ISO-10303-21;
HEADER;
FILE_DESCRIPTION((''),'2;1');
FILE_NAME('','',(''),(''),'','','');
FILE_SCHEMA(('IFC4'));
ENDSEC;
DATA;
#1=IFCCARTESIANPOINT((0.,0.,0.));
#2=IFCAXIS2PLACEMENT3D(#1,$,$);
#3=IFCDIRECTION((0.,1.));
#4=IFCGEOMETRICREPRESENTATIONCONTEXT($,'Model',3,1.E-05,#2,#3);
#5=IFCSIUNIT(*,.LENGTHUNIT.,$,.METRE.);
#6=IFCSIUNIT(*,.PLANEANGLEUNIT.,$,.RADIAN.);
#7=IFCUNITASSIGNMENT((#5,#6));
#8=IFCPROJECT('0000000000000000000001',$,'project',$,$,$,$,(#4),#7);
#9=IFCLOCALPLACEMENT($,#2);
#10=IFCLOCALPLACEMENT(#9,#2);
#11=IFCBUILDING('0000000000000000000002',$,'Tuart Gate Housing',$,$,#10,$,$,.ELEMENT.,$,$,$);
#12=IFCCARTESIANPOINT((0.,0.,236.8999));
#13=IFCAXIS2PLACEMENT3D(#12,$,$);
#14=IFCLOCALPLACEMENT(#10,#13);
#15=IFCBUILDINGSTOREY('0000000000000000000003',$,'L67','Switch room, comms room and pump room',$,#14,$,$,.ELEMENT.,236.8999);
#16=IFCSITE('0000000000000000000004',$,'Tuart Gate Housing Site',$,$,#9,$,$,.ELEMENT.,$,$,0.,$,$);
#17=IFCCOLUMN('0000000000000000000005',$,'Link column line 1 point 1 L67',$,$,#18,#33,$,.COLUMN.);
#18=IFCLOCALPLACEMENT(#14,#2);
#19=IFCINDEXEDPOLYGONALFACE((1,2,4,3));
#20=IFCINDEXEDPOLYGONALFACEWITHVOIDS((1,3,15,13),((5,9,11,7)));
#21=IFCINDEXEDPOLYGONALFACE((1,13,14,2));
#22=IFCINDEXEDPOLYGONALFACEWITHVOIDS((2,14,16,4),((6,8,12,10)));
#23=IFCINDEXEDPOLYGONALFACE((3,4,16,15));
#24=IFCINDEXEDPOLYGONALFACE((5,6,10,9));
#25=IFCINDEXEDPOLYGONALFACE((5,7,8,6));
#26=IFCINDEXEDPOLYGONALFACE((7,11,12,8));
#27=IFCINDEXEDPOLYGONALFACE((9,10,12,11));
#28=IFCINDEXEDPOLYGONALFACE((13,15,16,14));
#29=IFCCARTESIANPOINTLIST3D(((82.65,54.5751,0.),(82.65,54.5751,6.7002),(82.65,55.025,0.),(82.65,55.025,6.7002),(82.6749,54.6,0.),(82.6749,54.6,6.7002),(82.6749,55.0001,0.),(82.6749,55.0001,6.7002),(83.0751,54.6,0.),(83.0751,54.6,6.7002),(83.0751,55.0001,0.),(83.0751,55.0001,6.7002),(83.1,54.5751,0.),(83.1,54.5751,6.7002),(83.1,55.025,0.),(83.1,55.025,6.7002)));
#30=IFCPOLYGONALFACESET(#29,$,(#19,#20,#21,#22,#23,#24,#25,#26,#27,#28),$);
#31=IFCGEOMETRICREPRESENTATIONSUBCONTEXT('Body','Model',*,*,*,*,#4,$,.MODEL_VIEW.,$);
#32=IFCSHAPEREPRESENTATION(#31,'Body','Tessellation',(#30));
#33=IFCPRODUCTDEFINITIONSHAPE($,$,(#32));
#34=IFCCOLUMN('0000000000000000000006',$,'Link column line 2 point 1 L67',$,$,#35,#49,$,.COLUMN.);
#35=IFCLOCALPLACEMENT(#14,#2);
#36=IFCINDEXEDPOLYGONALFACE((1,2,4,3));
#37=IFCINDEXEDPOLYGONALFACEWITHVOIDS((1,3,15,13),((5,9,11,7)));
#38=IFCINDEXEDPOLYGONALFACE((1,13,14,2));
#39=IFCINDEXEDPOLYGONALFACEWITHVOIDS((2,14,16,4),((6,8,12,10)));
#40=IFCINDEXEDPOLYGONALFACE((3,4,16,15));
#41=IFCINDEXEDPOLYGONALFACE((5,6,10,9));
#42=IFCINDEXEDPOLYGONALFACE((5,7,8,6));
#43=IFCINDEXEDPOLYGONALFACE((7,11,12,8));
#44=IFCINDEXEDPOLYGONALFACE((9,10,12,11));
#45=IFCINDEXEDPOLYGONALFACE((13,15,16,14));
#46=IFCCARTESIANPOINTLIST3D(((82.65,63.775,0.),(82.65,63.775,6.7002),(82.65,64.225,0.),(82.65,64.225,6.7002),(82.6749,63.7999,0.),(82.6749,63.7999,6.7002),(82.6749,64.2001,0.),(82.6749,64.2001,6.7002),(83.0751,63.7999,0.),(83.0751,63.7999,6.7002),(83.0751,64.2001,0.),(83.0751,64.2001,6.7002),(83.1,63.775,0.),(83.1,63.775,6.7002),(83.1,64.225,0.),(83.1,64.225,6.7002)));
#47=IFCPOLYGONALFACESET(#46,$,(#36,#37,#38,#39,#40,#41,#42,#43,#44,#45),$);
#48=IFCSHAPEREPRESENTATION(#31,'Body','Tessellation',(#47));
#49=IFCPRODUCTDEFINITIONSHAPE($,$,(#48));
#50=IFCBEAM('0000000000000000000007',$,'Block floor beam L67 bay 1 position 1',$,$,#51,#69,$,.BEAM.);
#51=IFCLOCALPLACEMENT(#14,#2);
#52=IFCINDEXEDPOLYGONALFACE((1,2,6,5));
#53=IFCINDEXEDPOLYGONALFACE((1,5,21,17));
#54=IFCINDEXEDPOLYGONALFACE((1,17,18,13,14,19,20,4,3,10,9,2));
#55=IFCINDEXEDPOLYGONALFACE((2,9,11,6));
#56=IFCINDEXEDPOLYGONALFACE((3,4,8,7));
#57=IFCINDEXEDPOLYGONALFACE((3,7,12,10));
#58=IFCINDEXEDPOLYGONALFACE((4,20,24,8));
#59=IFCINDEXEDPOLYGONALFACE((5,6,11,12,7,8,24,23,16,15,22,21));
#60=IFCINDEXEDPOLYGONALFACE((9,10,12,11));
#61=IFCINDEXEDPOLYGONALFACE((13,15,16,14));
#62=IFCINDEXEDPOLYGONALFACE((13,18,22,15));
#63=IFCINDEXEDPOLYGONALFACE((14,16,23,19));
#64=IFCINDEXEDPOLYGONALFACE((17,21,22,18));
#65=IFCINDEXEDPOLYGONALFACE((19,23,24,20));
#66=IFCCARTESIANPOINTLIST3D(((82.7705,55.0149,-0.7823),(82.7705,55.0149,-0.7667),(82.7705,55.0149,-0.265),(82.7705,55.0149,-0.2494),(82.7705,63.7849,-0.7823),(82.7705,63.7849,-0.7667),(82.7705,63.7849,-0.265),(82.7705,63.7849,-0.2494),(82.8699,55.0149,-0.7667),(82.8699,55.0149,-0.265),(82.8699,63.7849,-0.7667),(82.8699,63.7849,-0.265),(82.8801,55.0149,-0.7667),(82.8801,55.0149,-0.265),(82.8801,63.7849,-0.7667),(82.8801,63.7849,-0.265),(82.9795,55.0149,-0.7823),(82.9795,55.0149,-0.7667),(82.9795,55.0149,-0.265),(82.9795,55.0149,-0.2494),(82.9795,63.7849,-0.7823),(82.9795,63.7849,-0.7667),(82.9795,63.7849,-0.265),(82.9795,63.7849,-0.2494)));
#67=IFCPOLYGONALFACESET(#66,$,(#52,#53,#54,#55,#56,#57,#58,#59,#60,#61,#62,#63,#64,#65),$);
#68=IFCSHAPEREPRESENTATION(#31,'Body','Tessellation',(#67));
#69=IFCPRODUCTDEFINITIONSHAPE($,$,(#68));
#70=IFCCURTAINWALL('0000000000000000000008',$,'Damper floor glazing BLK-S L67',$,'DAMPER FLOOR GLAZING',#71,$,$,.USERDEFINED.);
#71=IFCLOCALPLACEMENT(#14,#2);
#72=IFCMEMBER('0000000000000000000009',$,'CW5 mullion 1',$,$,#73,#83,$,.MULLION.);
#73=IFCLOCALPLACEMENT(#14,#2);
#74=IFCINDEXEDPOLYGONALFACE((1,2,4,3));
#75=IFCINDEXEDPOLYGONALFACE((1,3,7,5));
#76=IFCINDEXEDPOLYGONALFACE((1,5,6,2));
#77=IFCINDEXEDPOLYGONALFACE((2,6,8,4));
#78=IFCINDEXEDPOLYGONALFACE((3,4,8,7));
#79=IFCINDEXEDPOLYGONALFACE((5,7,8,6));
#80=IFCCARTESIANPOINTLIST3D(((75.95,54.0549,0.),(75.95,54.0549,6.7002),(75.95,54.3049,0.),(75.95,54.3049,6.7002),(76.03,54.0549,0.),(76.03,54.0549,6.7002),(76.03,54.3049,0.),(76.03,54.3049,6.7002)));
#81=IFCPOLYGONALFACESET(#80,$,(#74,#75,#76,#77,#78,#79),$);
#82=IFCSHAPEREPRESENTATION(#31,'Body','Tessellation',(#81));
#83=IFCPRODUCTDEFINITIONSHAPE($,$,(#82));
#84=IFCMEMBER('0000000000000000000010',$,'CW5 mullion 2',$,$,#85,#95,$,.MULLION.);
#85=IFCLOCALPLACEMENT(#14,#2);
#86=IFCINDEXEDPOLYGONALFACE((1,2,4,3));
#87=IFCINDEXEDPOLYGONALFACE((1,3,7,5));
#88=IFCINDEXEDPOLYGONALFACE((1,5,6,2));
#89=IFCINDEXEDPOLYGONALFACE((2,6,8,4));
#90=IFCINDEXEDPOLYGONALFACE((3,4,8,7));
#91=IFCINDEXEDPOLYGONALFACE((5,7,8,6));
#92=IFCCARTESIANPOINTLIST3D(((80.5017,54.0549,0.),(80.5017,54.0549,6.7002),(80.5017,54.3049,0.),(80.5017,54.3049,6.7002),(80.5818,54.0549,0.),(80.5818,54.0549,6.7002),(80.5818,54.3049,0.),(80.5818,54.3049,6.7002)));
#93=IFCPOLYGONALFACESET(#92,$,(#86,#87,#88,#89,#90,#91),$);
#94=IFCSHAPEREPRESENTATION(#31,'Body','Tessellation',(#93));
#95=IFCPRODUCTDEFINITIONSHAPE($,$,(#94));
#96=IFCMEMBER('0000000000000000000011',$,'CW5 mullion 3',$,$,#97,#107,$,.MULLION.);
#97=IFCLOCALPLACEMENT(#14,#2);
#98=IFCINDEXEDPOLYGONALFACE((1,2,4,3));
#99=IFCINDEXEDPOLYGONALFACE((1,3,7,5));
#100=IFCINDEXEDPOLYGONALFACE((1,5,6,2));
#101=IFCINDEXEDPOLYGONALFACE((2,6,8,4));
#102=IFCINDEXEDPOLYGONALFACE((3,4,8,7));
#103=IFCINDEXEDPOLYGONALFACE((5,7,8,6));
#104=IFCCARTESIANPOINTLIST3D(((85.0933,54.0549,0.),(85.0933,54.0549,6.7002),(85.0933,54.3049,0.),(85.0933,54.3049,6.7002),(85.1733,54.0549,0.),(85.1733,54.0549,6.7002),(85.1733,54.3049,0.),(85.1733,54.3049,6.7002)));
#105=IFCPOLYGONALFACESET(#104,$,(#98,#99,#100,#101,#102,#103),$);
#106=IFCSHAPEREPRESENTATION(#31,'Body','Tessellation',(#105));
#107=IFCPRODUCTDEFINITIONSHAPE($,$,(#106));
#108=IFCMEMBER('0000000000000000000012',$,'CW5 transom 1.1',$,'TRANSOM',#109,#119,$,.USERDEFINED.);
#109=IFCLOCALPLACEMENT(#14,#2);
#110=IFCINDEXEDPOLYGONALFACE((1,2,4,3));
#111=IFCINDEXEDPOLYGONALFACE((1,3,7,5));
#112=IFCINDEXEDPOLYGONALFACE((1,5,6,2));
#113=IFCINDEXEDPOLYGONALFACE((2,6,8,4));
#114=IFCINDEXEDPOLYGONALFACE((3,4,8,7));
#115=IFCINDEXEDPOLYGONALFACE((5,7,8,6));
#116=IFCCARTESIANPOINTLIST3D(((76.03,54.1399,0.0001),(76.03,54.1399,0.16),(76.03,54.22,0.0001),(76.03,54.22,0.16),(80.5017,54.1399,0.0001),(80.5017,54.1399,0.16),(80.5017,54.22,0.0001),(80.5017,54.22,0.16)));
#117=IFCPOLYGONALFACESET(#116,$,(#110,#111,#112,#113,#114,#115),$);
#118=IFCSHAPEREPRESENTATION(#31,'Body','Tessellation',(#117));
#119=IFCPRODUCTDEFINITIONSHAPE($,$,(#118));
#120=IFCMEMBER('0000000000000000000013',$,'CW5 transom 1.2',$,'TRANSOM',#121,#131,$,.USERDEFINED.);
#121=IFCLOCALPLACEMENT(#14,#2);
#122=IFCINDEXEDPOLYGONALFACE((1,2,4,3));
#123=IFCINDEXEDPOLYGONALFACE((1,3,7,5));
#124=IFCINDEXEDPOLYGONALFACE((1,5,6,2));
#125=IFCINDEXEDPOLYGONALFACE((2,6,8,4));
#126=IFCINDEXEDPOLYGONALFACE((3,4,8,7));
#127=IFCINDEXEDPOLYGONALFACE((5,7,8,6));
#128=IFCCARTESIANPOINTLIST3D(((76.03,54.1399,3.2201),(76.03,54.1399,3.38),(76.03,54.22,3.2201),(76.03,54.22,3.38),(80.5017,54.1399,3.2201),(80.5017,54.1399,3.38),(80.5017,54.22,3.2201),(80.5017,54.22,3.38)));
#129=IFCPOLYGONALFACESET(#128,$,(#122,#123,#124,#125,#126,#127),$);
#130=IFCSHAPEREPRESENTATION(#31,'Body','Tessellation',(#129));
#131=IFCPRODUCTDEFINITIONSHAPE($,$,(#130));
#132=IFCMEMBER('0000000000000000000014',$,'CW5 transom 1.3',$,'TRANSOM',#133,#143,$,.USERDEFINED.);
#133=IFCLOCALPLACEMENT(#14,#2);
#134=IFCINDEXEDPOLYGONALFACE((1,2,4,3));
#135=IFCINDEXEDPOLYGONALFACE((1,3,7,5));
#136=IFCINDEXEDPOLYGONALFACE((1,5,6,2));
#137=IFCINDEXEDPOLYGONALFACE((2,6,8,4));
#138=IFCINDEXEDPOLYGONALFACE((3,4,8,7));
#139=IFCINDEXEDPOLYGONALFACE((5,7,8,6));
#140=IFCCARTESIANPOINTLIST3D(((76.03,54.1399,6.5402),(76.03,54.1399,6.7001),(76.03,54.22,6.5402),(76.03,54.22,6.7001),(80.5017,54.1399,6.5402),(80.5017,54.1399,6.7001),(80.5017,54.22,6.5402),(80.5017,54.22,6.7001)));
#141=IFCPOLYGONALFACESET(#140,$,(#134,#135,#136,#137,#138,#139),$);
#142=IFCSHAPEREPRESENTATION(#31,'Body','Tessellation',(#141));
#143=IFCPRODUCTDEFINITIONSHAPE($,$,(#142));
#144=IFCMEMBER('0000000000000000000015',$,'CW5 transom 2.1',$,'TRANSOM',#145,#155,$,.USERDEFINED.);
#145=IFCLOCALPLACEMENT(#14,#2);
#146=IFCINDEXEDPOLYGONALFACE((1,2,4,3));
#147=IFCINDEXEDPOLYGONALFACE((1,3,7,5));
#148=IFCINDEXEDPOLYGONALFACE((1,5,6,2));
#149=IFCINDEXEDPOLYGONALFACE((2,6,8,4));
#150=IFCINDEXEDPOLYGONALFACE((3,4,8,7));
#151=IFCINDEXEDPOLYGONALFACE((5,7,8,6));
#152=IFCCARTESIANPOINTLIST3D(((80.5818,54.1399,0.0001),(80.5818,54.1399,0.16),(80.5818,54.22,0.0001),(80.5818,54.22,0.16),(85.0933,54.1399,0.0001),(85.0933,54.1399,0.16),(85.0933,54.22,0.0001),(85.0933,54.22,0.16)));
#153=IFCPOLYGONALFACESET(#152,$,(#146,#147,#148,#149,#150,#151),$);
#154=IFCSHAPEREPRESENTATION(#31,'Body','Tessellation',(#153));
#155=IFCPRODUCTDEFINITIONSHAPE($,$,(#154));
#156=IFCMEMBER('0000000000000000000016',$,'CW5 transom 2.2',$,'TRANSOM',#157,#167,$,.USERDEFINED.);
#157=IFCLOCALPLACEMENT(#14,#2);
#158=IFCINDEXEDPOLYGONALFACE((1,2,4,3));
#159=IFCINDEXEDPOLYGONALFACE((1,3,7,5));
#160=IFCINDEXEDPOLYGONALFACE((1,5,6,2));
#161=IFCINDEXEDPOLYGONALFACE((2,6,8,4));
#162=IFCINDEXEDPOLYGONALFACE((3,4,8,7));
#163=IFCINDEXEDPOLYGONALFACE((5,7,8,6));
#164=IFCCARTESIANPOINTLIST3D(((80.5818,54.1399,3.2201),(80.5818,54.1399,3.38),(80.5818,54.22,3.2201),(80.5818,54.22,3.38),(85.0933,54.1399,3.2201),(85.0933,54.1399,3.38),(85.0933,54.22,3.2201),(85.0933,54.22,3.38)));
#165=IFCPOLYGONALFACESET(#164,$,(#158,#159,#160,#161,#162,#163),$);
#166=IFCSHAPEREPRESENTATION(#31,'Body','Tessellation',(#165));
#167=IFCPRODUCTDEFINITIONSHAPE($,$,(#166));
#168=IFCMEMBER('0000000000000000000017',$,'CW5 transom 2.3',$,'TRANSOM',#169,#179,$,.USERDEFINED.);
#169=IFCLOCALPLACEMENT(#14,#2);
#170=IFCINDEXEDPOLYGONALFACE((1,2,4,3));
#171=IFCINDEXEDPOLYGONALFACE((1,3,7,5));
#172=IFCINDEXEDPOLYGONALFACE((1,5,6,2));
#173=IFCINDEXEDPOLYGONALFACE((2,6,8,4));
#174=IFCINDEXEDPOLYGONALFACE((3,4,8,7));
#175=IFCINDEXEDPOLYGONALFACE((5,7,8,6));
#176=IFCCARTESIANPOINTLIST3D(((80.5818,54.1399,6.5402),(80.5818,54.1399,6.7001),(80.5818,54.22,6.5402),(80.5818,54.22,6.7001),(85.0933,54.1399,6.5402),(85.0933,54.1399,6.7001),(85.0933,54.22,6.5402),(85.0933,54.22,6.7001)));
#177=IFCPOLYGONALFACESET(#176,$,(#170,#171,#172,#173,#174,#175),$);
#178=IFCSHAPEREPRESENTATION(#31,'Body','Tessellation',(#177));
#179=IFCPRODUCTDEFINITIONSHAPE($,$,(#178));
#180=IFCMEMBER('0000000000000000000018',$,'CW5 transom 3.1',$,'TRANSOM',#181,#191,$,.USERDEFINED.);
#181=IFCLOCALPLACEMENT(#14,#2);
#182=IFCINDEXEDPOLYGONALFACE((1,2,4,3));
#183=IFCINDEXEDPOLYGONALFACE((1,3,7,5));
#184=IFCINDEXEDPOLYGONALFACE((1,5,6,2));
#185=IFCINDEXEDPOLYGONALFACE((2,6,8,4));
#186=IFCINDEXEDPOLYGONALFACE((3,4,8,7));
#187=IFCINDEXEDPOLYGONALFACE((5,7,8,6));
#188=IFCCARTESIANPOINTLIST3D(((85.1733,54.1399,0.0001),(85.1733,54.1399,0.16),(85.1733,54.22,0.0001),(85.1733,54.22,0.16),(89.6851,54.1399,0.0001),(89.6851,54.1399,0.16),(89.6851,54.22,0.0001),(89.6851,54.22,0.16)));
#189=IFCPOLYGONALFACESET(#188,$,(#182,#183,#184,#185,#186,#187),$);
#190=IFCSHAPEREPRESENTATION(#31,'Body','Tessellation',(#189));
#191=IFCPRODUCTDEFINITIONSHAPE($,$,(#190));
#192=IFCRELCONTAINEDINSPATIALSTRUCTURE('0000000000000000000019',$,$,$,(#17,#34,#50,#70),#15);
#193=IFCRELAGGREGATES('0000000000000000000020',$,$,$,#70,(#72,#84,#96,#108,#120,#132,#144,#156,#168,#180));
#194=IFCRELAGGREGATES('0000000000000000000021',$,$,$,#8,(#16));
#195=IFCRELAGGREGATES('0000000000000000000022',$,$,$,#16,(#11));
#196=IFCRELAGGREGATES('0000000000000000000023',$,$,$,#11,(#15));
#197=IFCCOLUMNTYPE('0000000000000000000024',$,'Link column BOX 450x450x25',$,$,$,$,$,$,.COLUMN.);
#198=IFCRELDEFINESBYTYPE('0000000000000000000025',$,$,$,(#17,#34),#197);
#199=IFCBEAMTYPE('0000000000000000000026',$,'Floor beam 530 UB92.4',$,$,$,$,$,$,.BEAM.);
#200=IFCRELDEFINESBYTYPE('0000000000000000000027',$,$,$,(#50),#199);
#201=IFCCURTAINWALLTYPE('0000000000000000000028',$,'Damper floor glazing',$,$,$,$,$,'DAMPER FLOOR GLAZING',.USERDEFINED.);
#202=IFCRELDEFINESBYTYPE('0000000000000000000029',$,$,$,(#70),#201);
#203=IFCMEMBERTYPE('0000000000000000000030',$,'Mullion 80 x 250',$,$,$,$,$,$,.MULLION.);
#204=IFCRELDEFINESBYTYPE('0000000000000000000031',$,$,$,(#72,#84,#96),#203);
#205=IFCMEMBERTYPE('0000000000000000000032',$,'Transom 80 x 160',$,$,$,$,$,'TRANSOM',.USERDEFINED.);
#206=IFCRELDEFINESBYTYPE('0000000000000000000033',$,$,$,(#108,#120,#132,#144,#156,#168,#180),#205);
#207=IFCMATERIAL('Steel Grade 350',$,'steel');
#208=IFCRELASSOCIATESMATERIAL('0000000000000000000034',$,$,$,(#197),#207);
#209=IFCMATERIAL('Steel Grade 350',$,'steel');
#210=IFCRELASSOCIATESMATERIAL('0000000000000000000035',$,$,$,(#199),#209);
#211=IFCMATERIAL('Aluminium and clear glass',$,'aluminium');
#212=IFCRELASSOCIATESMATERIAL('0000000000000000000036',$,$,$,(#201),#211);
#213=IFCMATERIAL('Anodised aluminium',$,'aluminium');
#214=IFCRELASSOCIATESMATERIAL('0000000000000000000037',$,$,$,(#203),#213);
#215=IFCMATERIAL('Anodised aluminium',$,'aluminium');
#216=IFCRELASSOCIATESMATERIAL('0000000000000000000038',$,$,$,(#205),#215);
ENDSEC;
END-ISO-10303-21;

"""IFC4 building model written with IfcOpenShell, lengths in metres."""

from ifc_helpers import new_model, si_unit, direction, frame, origin, origin_2d, place, context, subcontext, project, spatial, rectangle, hollow_rectangle, i_section, extrude, material, material_profile, profile_set, type_object, element, aggregate, save


model = new_model("IFC4")

# Units and contexts
model_context = context("Model", 3, precision=1e-05, world=origin(), true_north=direction((0.0, 1.0)))
body_context = subcontext(model_context, "Body", "Model", "MODEL_VIEW")
ifc_project = project(units=[si_unit("LENGTHUNIT", "METRE"), si_unit("PLANEANGLEUNIT", "RADIAN")], contexts=[model_context])

# Site, building, storey
site_placement = place(None, origin())
site = spatial("IfcSite", under=ifc_project, at=site_placement, Name="Tuart Gate Housing Site", CompositionType="ELEMENT", RefElevation=0.0)
building_placement = place(site_placement, origin())
building = spatial("IfcBuilding", under=site, at=building_placement, Name="Tuart Gate Housing", CompositionType="ELEMENT")
storey_placement = place(building_placement, frame((0.0, 0.0, 236.8999)))
storey = spatial("IfcBuildingStorey", under=building, at=storey_placement, Name="L67", Description="Switch room, comms room and pump room", CompositionType="ELEMENT", Elevation=236.8999)

# Columns
ifc_material_1 = material(Name="Steel Grade 350", Category="steel")
ifc_material_profile_1 = material_profile(ifc_material_1, hollow_rectangle(XDim=0.45, YDim=0.45, WallThickness=0.0249, at=origin_2d()), Name="BOX 450x450x25")
ifc_profile_set_1 = profile_set([ifc_material_profile_1], Name="Steel Grade 350")
column_type = type_object("IfcColumnType", Name="Link column BOX 450x450x25", PredefinedType="COLUMN", material=ifc_profile_set_1)
for number, where, z_axis, x_axis, name in (
    (1, (82.875, 54.8, 0.0), (0.0, 0.0, 1.0), (1.0, 0.0, 0.0), "Link column line 1 point 1 L67"),
    (2, (82.875, 64.0, 0.0), (0.0, 0.0, 1.0), (1.0, 0.0, 0.0), "Link column line 2 point 1 L67"),
):
    element("IfcColumn", number, at=place(storey_placement, frame(where, z_axis=z_axis, x_axis=x_axis)), inside=storey, type_object=column_type, Name=name, PredefinedType="COLUMN", context=body_context, shape_type="SweptSolid", body=[
        extrude(hollow_rectangle(XDim=0.45, YDim=0.45, WallThickness=0.0249, at=origin_2d()), origin(), (0.0, 0.0, 1.0), 6.7002),
    ])

# Beam
ifc_material_2 = material(Name="Steel Grade 350", Category="steel")
ifc_material_profile_2 = material_profile(ifc_material_2, i_section(OverallWidth=0.209, OverallDepth=0.533, WebThickness=0.0103, FlangeThickness=0.0156, at=origin_2d()), Name="530UB92.4")
ifc_profile_set_2 = profile_set([ifc_material_profile_2], Name="Steel Grade 350")
beam_type = type_object("IfcBeamType", Name="Floor beam 530 UB92.4", PredefinedType="BEAM", material=ifc_profile_set_2)
beam_placement = place(storey_placement, frame((82.875, 55.0149, -0.5159), z_axis=(0.0, 1.0, 0.0), x_axis=(-1.0, 0.0, 0.0)))
element("IfcBeam", 3, at=beam_placement, inside=storey, type_object=beam_type, Name="Block floor beam L67 bay 1 position 1", PredefinedType="BEAM", context=body_context, shape_type="SweptSolid", body=[
    extrude(i_section(OverallWidth=0.209, OverallDepth=0.533, WebThickness=0.0103, FlangeThickness=0.0156, at=origin_2d()), origin(), (0.0, 0.0, 1.0), 8.77),
])

# Curtain wall, members
ifc_material_3 = material(Name="Aluminium and clear glass", Category="aluminium")
curtain_wall_type = type_object("IfcCurtainWallType", Name="Damper floor glazing", ElementType="DAMPER FLOOR GLAZING", PredefinedType="USERDEFINED", material=ifc_material_3)
curtain_wall_placement = place(storey_placement, origin())
curtain_wall = element("IfcCurtainWall", 4, at=curtain_wall_placement, inside=storey, type_object=curtain_wall_type, Name="Damper floor glazing BLK-S L67", ObjectType="DAMPER FLOOR GLAZING", PredefinedType="USERDEFINED")
ifc_material_4 = material(Name="Anodised aluminium", Category="aluminium")
ifc_material_profile_3 = material_profile(ifc_material_4, rectangle(XDim=0.0801, YDim=0.25, at=origin_2d()), Name="80x250")
ifc_profile_set_3 = profile_set([ifc_material_profile_3], Name="Anodised aluminium")
member_type_1 = type_object("IfcMemberType", Name="Mullion 80 x 250", PredefinedType="MULLION", material=ifc_profile_set_3)
member_1_placement = place(storey_placement, frame((75.99, 54.1799, 0.0), z_axis=(0.0, 0.0, 1.0), x_axis=(1.0, 0.0, 0.0)))
member_1 = element("IfcMember", 5, at=member_1_placement, type_object=member_type_1, Name="CW5 mullion 1", PredefinedType="MULLION", context=body_context, shape_type="SweptSolid", body=[
    extrude(rectangle(XDim=0.0801, YDim=0.25, at=origin_2d()), origin(), (0.0, 0.0, 1.0), 6.7002),
])
member_2_placement = place(storey_placement, frame((80.5417, 54.1799, 0.0), z_axis=(0.0, 0.0, 1.0), x_axis=(1.0, 0.0, 0.0)))
member_2 = element("IfcMember", 6, at=member_2_placement, type_object=member_type_1, Name="CW5 mullion 2", PredefinedType="MULLION", context=body_context, shape_type="SweptSolid", body=[
    extrude(rectangle(XDim=0.0801, YDim=0.25, at=origin_2d()), origin(), (0.0, 0.0, 1.0), 6.7002),
])
member_3_placement = place(storey_placement, frame((85.1333, 54.1799, 0.0), z_axis=(0.0, 0.0, 1.0), x_axis=(1.0, 0.0, 0.0)))
member_3 = element("IfcMember", 7, at=member_3_placement, type_object=member_type_1, Name="CW5 mullion 3", PredefinedType="MULLION", context=body_context, shape_type="SweptSolid", body=[
    extrude(rectangle(XDim=0.0801, YDim=0.25, at=origin_2d()), origin(), (0.0, 0.0, 1.0), 6.7002),
])
ifc_material_5 = material(Name="Anodised aluminium", Category="aluminium")
ifc_material_profile_4 = material_profile(ifc_material_5, rectangle(XDim=0.0801, YDim=0.1599, at=origin_2d()), Name="80x160")
ifc_profile_set_4 = profile_set([ifc_material_profile_4], Name="Anodised aluminium")
member_type_2 = type_object("IfcMemberType", Name="Transom 80 x 160", ElementType="TRANSOM", PredefinedType="USERDEFINED", material=ifc_profile_set_4)
member_4_placement = place(storey_placement, frame((76.03, 54.1799, 0.0801), z_axis=(1.0, 0.0, 0.0), x_axis=(0.0, 1.0, 0.0)))
member_4 = element("IfcMember", 8, at=member_4_placement, type_object=member_type_2, Name="CW5 transom 1.1", ObjectType="TRANSOM", PredefinedType="USERDEFINED", context=body_context, shape_type="SweptSolid", body=[
    extrude(rectangle(XDim=0.0801, YDim=0.1599, at=origin_2d()), origin(), (0.0, 0.0, 1.0), 4.4717),
])
member_5_placement = place(storey_placement, frame((76.03, 54.1799, 3.3), z_axis=(1.0, 0.0, 0.0), x_axis=(0.0, 1.0, 0.0)))
member_5 = element("IfcMember", 9, at=member_5_placement, type_object=member_type_2, Name="CW5 transom 1.2", ObjectType="TRANSOM", PredefinedType="USERDEFINED", context=body_context, shape_type="SweptSolid", body=[
    extrude(rectangle(XDim=0.0801, YDim=0.1599, at=origin_2d()), origin(), (0.0, 0.0, 1.0), 4.4717),
])
member_6_placement = place(storey_placement, frame((76.03, 54.1799, 6.6201), z_axis=(1.0, 0.0, 0.0), x_axis=(0.0, 1.0, 0.0)))
member_6 = element("IfcMember", 10, at=member_6_placement, type_object=member_type_2, Name="CW5 transom 1.3", ObjectType="TRANSOM", PredefinedType="USERDEFINED", context=body_context, shape_type="SweptSolid", body=[
    extrude(rectangle(XDim=0.0801, YDim=0.1599, at=origin_2d()), origin(), (0.0, 0.0, 1.0), 4.4717),
])
member_7_placement = place(storey_placement, frame((80.5818, 54.1799, 0.0801), z_axis=(1.0, 0.0, 0.0), x_axis=(0.0, 1.0, 0.0)))
member_7 = element("IfcMember", 11, at=member_7_placement, type_object=member_type_2, Name="CW5 transom 2.1", ObjectType="TRANSOM", PredefinedType="USERDEFINED", context=body_context, shape_type="SweptSolid", body=[
    extrude(rectangle(XDim=0.0801, YDim=0.1599, at=origin_2d()), origin(), (0.0, 0.0, 1.0), 4.5115),
])
member_8_placement = place(storey_placement, frame((80.5818, 54.1799, 3.3), z_axis=(1.0, 0.0, 0.0), x_axis=(0.0, 1.0, 0.0)))
member_8 = element("IfcMember", 12, at=member_8_placement, type_object=member_type_2, Name="CW5 transom 2.2", ObjectType="TRANSOM", PredefinedType="USERDEFINED", context=body_context, shape_type="SweptSolid", body=[
    extrude(rectangle(XDim=0.0801, YDim=0.1599, at=origin_2d()), origin(), (0.0, 0.0, 1.0), 4.5115),
])
member_9_placement = place(storey_placement, frame((80.5818, 54.1799, 6.6201), z_axis=(1.0, 0.0, 0.0), x_axis=(0.0, 1.0, 0.0)))
member_9 = element("IfcMember", 13, at=member_9_placement, type_object=member_type_2, Name="CW5 transom 2.3", ObjectType="TRANSOM", PredefinedType="USERDEFINED", context=body_context, shape_type="SweptSolid", body=[
    extrude(rectangle(XDim=0.0801, YDim=0.1599, at=origin_2d()), origin(), (0.0, 0.0, 1.0), 4.5115),
])
member_10_placement = place(storey_placement, frame((85.1733, 54.1799, 0.0801), z_axis=(1.0, 0.0, 0.0), x_axis=(0.0, 1.0, 0.0)))
member_10 = element("IfcMember", 14, at=member_10_placement, type_object=member_type_2, Name="CW5 transom 3.1", ObjectType="TRANSOM", PredefinedType="USERDEFINED", context=body_context, shape_type="SweptSolid", body=[
    extrude(rectangle(XDim=0.0801, YDim=0.1599, at=origin_2d()), origin(), (0.0, 0.0, 1.0), 4.5117),
])
aggregate(curtain_wall, [member_1, member_2, member_3, member_4, member_5, member_6, member_7, member_8, member_9, member_10])

save(model, "model.ifc")
